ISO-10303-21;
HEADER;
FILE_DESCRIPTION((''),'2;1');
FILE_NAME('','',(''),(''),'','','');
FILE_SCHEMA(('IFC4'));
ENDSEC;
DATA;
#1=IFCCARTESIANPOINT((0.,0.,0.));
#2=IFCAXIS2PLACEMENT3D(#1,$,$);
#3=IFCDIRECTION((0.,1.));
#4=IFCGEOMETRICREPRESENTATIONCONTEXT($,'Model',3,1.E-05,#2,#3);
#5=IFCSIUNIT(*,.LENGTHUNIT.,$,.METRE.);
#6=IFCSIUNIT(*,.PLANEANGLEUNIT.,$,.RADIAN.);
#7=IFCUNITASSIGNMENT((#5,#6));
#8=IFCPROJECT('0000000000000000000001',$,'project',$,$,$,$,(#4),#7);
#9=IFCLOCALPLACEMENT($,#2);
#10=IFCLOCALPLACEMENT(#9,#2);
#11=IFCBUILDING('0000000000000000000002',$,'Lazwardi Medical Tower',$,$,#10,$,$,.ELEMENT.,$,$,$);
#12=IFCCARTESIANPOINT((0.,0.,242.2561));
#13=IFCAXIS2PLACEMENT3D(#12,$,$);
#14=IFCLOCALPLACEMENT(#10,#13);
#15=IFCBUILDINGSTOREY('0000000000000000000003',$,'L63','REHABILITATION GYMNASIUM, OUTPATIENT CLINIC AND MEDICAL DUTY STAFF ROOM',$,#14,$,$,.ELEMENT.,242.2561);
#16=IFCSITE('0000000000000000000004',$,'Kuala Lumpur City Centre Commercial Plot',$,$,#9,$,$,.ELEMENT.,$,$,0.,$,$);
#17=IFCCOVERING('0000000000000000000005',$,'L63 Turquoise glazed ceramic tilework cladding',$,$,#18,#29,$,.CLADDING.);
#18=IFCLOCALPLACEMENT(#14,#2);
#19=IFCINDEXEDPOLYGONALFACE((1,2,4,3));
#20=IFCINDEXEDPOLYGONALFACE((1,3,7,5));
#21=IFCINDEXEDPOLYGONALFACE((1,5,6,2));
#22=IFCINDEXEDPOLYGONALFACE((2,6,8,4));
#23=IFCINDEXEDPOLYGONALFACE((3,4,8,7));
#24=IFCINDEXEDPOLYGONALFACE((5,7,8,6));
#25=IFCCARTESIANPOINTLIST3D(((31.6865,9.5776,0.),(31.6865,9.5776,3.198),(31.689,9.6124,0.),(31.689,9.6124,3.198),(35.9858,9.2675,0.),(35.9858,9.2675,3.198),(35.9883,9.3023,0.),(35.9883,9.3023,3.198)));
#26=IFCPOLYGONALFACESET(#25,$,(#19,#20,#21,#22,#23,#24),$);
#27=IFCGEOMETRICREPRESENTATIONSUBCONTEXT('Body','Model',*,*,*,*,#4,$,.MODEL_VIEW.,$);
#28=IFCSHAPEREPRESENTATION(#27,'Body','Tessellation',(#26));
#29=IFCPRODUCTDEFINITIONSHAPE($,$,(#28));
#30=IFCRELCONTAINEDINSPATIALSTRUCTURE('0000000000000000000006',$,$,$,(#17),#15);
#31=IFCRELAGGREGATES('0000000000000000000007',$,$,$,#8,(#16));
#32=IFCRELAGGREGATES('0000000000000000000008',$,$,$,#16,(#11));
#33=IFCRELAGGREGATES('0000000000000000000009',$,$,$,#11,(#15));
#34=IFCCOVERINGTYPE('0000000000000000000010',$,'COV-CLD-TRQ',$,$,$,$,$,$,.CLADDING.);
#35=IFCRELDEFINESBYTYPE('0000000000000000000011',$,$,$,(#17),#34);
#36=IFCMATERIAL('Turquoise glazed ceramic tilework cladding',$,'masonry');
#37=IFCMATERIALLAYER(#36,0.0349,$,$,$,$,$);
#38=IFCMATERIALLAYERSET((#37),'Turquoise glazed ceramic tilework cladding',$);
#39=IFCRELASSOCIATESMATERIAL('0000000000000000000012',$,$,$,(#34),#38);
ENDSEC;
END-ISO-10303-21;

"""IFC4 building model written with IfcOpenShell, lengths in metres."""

from ifc_helpers import new_model, si_unit, direction, frame, origin, origin_2d, place, context, subcontext, project, spatial, rectangle, extrude, material, layer, layer_set, type_object, element, save


model = new_model("IFC4")

# Units and contexts
model_context = context("Model", 3, precision=1e-05, world=origin(), true_north=direction((0.0, 1.0)))
body_context = subcontext(model_context, "Body", "Model", "MODEL_VIEW")
ifc_project = project(units=[si_unit("LENGTHUNIT", "METRE"), si_unit("PLANEANGLEUNIT", "RADIAN")], contexts=[model_context])

# Site, building, storey
site_placement = place(None, origin())
site = spatial("IfcSite", under=ifc_project, at=site_placement, Name="Kuala Lumpur City Centre Commercial Plot", CompositionType="ELEMENT", RefElevation=0.0)
building_placement = place(site_placement, origin())
building = spatial("IfcBuilding", under=site, at=building_placement, Name="Lazwardi Medical Tower", CompositionType="ELEMENT")
storey_placement = place(building_placement, frame((0.0, 0.0, 242.2561)))
storey = spatial("IfcBuildingStorey", under=building, at=storey_placement, Name="L63", Description="REHABILITATION GYMNASIUM, OUTPATIENT CLINIC AND MEDICAL DUTY STAFF ROOM", CompositionType="ELEMENT", Elevation=242.2561)

# Covering
ifc_material_1 = material(Name="Turquoise glazed ceramic tilework cladding", Category="masonry")
ifc_layer_1 = layer(ifc_material_1, 0.0349)
ifc_layer_set_1 = layer_set([ifc_layer_1], Name="Turquoise glazed ceramic tilework cladding")
covering_type_1 = type_object("IfcCoveringType", Name="COV-CLD-TRQ", PredefinedType="CLADDING", material=ifc_layer_set_1)
covering_1_placement = place(storey_placement, frame((33.8374, 9.4399, 0.0), z_axis=(0.0, 0.0, 1.0), x_axis=(0.997409, -0.07194, 0.0)))
element("IfcCovering", 1, at=covering_1_placement, inside=storey, type_object=covering_type_1, Name="L63 Turquoise glazed ceramic tilework cladding", PredefinedType="CLADDING", context=body_context, shape_type="SweptSolid", body=[
    extrude(rectangle(XDim=4.3105, YDim=0.0349, at=origin_2d()), origin(), (0.0, 0.0, 1.0), 3.198),
])

save(model, "model.ifc")
